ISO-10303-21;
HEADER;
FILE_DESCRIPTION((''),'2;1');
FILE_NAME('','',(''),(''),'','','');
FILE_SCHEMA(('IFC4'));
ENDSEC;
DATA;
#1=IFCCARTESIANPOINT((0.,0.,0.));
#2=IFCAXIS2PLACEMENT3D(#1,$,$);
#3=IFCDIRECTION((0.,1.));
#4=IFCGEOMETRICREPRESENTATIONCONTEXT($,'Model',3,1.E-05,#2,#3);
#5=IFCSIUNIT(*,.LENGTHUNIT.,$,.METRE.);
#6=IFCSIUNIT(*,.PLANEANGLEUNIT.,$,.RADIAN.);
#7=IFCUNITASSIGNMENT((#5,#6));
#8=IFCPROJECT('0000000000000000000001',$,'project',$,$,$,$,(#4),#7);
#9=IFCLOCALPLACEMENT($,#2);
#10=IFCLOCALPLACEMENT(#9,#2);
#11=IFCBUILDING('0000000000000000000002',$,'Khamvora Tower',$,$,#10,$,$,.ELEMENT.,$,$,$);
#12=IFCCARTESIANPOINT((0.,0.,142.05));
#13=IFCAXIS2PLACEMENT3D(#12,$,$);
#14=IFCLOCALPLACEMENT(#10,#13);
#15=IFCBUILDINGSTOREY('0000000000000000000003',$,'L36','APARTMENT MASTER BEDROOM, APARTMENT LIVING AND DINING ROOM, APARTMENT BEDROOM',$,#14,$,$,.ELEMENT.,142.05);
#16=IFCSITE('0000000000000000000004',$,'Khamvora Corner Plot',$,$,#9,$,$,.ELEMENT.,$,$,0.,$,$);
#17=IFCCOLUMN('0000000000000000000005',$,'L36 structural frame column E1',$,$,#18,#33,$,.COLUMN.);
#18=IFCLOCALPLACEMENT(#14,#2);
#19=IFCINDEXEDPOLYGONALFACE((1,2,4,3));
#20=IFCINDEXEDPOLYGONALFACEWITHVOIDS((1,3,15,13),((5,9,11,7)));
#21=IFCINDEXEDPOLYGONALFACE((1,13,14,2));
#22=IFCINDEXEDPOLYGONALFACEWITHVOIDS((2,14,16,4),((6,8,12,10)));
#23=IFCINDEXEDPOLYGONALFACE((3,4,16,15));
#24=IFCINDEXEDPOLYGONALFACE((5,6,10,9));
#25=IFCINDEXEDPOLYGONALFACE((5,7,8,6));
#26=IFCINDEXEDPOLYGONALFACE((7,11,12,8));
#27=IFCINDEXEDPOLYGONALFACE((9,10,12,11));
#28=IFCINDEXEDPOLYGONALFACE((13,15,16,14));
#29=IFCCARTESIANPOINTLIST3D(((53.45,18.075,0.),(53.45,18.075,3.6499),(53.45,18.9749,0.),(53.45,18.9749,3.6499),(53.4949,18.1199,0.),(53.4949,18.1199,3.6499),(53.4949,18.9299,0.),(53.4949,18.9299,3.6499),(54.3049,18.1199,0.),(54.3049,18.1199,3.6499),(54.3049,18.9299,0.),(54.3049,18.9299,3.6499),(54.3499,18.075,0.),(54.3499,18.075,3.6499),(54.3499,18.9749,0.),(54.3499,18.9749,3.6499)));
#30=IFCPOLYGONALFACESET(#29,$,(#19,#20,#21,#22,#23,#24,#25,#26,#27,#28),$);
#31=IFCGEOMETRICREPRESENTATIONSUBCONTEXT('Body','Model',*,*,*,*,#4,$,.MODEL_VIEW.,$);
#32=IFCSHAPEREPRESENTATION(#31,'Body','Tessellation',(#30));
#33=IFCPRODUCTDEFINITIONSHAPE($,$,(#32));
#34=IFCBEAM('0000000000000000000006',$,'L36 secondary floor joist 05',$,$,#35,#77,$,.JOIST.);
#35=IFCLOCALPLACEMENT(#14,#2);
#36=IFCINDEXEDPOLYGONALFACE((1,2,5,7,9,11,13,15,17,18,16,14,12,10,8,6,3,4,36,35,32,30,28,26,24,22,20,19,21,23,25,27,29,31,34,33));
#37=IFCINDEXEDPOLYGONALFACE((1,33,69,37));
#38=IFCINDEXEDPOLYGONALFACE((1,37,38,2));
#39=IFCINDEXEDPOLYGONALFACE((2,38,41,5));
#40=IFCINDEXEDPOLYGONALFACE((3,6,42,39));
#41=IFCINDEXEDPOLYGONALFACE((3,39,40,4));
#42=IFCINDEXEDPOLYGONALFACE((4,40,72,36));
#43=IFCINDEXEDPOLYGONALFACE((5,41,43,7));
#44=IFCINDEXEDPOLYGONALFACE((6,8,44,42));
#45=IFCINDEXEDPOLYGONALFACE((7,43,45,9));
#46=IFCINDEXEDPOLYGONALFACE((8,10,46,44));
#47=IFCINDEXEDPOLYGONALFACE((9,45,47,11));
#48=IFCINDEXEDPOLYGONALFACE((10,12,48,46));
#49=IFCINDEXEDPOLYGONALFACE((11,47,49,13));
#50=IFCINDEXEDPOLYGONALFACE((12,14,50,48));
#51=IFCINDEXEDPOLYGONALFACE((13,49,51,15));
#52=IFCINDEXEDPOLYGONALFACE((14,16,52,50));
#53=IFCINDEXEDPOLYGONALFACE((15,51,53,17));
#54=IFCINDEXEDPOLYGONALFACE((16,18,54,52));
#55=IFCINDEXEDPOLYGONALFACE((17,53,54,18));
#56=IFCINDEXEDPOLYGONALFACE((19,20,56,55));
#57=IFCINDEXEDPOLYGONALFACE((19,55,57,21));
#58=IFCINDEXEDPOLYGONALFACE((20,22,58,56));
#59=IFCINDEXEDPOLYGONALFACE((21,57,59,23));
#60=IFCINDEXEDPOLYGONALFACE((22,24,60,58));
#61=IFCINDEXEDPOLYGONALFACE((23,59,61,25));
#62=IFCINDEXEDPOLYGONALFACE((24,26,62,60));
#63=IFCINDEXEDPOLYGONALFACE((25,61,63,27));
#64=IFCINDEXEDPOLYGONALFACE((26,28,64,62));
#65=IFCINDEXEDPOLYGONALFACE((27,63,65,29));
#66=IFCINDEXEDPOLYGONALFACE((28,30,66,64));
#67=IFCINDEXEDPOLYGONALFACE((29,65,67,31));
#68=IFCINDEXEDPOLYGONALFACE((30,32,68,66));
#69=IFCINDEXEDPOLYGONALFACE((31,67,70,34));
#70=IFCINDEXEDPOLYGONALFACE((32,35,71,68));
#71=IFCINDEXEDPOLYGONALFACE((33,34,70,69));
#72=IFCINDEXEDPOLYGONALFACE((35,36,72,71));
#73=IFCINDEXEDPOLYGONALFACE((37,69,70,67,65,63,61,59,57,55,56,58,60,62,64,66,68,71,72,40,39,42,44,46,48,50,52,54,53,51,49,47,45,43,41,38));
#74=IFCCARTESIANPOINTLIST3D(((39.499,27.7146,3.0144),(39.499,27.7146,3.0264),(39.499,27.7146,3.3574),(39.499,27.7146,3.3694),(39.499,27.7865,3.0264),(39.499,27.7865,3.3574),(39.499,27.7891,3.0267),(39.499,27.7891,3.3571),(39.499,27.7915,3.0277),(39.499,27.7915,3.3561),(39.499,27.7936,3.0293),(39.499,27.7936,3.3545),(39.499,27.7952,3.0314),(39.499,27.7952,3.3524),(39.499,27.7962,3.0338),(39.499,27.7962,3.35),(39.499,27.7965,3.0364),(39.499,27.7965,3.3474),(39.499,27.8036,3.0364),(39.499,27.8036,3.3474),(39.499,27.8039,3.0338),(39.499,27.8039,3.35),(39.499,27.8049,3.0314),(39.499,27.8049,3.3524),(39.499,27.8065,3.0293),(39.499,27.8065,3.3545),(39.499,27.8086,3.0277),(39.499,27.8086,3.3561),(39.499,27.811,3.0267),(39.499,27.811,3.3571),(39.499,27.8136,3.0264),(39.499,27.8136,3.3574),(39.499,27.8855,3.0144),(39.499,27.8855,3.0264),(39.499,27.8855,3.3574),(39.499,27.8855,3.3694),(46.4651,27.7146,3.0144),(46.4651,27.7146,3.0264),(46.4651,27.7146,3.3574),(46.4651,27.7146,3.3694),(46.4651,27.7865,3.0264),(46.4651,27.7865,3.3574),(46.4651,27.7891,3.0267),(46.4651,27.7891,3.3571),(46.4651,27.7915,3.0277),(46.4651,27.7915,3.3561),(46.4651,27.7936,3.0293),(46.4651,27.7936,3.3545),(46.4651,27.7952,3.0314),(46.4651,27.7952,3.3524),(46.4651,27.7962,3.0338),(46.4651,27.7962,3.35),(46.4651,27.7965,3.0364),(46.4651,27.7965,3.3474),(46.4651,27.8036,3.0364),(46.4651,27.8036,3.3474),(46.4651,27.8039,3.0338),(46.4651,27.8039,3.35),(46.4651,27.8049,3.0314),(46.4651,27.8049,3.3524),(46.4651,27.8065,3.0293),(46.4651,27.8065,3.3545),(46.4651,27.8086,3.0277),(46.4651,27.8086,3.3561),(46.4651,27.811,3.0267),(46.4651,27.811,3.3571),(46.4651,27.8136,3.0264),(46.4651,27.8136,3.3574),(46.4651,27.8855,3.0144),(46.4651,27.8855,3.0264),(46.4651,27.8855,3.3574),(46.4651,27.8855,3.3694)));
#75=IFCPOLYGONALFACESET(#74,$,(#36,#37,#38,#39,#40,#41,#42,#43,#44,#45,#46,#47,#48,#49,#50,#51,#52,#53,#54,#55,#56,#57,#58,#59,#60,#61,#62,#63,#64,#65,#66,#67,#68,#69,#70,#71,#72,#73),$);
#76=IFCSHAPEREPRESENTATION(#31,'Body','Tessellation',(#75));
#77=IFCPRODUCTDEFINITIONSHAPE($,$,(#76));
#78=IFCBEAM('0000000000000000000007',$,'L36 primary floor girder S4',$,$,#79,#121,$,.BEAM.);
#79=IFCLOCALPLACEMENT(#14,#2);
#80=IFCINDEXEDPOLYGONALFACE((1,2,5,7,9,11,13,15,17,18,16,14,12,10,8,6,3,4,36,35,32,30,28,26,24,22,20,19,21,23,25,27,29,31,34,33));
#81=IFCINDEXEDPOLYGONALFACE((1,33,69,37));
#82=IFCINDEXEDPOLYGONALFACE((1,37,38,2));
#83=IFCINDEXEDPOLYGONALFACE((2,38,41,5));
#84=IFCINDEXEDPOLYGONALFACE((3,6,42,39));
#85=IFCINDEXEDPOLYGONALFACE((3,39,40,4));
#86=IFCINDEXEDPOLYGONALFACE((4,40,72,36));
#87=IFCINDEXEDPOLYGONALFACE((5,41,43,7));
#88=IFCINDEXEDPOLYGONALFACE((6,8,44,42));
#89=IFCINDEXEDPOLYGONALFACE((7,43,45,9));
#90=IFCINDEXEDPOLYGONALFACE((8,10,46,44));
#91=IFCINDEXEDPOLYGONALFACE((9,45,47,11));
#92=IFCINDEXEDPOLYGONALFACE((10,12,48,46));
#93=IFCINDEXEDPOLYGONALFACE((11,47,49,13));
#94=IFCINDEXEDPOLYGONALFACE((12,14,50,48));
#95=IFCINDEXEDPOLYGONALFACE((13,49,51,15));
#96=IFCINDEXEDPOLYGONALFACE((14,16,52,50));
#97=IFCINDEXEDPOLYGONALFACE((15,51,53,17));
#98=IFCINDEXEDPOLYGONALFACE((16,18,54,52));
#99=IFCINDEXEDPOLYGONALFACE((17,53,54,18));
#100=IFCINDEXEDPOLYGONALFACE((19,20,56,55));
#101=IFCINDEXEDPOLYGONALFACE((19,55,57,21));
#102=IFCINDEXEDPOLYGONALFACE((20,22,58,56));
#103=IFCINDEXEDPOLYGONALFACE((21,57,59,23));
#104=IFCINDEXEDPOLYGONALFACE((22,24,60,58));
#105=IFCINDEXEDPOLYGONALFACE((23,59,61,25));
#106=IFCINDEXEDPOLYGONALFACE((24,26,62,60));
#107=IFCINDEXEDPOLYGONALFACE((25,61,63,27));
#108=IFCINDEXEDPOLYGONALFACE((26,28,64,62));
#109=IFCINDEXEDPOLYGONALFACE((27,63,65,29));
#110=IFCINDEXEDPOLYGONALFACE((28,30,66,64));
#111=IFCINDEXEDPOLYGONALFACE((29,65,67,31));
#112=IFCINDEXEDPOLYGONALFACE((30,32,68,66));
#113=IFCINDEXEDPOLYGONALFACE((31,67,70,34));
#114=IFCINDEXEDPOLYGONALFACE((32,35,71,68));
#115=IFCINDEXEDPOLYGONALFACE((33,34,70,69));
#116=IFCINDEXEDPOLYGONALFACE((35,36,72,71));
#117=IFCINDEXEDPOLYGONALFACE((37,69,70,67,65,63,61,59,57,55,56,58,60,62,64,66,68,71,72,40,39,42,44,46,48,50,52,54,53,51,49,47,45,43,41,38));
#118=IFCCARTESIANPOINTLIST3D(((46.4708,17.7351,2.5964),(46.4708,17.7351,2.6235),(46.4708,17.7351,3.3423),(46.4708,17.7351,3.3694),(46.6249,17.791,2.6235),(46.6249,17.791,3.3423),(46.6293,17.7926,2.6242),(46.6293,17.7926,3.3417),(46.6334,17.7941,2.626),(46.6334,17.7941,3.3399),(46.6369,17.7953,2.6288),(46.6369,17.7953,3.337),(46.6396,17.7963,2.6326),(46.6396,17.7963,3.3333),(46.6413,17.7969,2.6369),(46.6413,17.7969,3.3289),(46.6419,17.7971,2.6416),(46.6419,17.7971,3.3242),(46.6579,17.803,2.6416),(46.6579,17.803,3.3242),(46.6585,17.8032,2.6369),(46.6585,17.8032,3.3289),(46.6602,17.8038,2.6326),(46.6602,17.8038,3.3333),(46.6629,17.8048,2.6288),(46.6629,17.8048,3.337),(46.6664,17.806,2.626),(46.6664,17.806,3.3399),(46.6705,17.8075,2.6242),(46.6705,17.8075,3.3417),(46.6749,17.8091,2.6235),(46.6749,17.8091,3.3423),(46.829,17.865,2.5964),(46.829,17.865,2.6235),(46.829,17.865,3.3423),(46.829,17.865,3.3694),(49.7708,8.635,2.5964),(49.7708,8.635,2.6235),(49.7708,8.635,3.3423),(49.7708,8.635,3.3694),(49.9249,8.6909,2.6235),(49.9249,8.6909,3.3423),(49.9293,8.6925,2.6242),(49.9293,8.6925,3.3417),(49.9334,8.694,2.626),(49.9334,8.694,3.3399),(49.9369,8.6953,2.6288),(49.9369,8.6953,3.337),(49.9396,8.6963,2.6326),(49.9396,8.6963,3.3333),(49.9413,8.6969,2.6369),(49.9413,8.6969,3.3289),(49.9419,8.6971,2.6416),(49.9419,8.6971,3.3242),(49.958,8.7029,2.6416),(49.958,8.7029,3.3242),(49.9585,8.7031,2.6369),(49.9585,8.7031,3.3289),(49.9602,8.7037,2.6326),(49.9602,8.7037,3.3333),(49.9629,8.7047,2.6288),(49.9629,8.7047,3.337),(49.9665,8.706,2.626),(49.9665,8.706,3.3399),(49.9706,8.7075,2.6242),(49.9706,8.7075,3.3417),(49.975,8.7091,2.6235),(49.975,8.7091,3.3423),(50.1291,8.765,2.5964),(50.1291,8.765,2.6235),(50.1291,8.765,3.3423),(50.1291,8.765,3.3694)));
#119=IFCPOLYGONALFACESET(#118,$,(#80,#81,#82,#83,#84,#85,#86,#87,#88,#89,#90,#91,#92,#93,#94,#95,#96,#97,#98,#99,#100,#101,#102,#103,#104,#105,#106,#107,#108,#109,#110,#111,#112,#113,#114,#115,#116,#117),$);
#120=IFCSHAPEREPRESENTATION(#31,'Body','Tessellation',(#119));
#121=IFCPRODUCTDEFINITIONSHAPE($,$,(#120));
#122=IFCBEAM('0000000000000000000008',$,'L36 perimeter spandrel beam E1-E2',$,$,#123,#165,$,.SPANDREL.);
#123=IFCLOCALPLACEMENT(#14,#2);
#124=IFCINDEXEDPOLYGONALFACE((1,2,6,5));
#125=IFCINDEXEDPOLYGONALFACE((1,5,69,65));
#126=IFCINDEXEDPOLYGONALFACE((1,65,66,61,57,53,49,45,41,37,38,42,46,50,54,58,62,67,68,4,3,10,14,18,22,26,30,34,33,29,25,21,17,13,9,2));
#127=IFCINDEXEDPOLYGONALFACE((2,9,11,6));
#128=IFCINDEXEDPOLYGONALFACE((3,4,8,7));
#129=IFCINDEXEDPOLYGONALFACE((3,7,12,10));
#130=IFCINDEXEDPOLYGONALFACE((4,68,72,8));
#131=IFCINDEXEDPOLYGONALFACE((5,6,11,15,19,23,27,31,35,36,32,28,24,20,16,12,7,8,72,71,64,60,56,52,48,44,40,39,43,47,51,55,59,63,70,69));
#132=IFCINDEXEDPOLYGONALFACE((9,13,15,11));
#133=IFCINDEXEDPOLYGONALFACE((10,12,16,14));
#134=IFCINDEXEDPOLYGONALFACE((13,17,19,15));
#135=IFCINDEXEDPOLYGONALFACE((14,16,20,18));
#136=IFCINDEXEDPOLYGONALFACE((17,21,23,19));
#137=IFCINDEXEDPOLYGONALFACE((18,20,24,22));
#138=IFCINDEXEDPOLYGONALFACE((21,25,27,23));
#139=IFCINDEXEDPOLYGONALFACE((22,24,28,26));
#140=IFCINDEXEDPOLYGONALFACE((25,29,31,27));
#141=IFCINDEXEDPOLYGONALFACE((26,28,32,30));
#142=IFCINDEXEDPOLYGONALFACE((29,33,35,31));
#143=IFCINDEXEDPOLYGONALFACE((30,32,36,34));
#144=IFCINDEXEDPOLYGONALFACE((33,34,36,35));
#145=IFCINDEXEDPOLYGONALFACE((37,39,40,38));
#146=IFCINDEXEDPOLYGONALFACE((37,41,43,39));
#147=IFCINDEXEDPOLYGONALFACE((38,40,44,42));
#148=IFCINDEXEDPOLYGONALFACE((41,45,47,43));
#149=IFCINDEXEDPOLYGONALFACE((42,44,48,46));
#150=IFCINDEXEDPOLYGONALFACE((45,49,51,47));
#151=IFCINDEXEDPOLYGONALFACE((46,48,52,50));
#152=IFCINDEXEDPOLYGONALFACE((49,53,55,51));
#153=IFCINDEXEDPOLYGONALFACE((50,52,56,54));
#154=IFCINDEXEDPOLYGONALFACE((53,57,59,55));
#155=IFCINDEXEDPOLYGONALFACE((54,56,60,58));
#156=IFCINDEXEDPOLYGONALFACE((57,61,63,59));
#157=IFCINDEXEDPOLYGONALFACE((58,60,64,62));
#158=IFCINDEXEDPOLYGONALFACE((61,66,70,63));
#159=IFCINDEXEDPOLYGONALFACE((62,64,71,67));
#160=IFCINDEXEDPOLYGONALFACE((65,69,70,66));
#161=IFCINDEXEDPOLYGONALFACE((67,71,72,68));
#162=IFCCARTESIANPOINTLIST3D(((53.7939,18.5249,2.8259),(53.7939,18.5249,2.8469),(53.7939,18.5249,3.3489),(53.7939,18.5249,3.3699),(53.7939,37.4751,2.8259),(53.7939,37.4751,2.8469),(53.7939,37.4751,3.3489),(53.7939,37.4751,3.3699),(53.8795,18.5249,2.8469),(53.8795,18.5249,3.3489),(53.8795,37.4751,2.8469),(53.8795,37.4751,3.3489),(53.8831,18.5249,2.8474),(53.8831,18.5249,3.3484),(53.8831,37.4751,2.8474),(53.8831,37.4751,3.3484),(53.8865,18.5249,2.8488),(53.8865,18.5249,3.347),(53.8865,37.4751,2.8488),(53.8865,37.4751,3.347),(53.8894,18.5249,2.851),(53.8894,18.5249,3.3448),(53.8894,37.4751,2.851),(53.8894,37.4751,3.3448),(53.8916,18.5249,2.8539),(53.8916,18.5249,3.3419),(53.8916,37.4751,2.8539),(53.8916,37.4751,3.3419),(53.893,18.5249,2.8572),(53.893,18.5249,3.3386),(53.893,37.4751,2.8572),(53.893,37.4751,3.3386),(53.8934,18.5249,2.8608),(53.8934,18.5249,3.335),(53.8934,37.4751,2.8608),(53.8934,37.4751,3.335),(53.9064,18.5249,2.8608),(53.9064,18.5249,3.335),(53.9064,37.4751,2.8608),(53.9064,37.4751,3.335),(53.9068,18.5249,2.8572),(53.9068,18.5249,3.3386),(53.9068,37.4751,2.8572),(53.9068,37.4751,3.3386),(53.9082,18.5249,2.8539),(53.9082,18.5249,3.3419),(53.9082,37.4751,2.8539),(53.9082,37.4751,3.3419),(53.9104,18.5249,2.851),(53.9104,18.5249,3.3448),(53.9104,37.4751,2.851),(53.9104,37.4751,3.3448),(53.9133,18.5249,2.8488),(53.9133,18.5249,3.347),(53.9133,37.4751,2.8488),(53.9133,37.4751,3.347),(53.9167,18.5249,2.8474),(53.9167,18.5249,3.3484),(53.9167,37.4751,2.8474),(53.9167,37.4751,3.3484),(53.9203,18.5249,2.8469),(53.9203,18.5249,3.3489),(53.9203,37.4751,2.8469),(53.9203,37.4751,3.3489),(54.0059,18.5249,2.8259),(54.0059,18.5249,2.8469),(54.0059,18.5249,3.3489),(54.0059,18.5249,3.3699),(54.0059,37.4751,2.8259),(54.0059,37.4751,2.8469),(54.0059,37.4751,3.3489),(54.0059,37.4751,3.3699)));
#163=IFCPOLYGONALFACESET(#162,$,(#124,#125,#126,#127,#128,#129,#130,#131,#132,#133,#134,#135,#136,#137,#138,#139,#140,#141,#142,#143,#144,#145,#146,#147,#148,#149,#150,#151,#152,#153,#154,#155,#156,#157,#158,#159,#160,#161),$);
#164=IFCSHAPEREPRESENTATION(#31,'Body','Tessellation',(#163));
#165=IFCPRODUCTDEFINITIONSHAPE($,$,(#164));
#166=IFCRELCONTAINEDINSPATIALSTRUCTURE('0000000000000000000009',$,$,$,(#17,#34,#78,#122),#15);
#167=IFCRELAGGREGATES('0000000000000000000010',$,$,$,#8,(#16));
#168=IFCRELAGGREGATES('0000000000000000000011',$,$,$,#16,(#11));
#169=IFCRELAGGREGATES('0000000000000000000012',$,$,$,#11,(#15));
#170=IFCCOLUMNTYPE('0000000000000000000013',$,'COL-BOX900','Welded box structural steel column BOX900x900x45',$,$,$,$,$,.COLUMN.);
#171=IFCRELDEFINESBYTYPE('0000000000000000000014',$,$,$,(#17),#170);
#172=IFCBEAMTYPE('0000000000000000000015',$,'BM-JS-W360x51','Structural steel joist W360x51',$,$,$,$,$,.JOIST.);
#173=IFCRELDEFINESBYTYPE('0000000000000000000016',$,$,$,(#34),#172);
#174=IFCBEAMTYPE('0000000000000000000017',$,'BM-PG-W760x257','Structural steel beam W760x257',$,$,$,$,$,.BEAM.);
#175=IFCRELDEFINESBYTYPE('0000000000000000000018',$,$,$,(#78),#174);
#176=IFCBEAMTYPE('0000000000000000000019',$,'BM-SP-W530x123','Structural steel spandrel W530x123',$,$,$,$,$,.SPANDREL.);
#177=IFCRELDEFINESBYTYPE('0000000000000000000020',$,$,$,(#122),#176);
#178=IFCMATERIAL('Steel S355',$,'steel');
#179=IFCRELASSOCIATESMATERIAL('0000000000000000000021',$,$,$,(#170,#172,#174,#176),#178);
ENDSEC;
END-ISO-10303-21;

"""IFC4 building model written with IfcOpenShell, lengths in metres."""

from ifc_helpers import new_model, si_unit, direction, frame, origin, origin_2d, place, context, subcontext, project, spatial, hollow_rectangle, i_section, extrude, material, material_profile, profile_set, type_object, element, save


model = new_model("IFC4")

# Units and contexts
model_context = context("Model", 3, precision=1e-05, world=origin(), true_north=direction((0.0, 1.0)))
body_context = subcontext(model_context, "Body", "Model", "MODEL_VIEW")
ifc_project = project(units=[si_unit("LENGTHUNIT", "METRE"), si_unit("PLANEANGLEUNIT", "RADIAN")], contexts=[model_context])

# Site, building, storey
site_placement = place(None, origin())
site = spatial("IfcSite", under=ifc_project, at=site_placement, Name="Khamvora Corner Plot", CompositionType="ELEMENT", RefElevation=0.0)
building_placement = place(site_placement, origin())
building = spatial("IfcBuilding", under=site, at=building_placement, Name="Khamvora Tower", CompositionType="ELEMENT")
storey_placement = place(building_placement, frame((0.0, 0.0, 142.05)))
storey = spatial("IfcBuildingStorey", under=building, at=storey_placement, Name="L36", Description="APARTMENT MASTER BEDROOM, APARTMENT LIVING AND DINING ROOM, APARTMENT BEDROOM", CompositionType="ELEMENT", Elevation=142.05)

# Column
ifc_material_1 = material(Name="Steel S355", Category="steel")
ifc_material_profile_1 = material_profile(ifc_material_1, hollow_rectangle(XDim=0.8999, YDim=0.8999, WallThickness=0.0449, at=origin_2d()), Name="BOX900x900x45")
ifc_profile_set_1 = profile_set([ifc_material_profile_1], Name="Steel S355")
column_type = type_object("IfcColumnType", Name="COL-BOX900", Description="Welded box structural steel column BOX900x900x45", PredefinedType="COLUMN", material=ifc_profile_set_1)
column_placement = place(storey_placement, frame((53.8999, 18.5249, 0.0), z_axis=(0.0, 0.0, 1.0), x_axis=(1.0, 0.0, 0.0)))
element("IfcColumn", 1, at=column_placement, inside=storey, type_object=column_type, Name="L36 structural frame column E1", PredefinedType="COLUMN", context=body_context, shape_type="SweptSolid", body=[
    extrude(hollow_rectangle(XDim=0.8999, YDim=0.8999, WallThickness=0.0449, at=origin_2d()), origin(), (0.0, 0.0, 1.0), 3.6499),
])

# Beams
ifc_material_profile_2 = material_profile(ifc_material_1, i_section(OverallWidth=0.1709, OverallDepth=0.355, WebThickness=0.0071, FlangeThickness=0.012, FilletRadius=0.01, at=origin_2d()), Name="W360x51")
ifc_profile_set_2 = profile_set([ifc_material_profile_2], Name="Steel S355")
beam_type_1 = type_object("IfcBeamType", Name="BM-JS-W360x51", Description="Structural steel joist W360x51", PredefinedType="JOIST", material=ifc_profile_set_2)
beam_1_placement = place(storey_placement, frame((39.499, 27.8, 3.1919), z_axis=(1.0, 0.0, 0.0), x_axis=(0.0, 1.0, 0.0)))
element("IfcBeam", 2, at=beam_1_placement, inside=storey, type_object=beam_type_1, Name="L36 secondary floor joist 05", PredefinedType="JOIST", context=body_context, shape_type="SweptSolid", body=[
    extrude(i_section(OverallWidth=0.1709, OverallDepth=0.355, WebThickness=0.0071, FlangeThickness=0.012, FilletRadius=0.01, at=origin_2d()), origin(), (0.0, 0.0, 1.0), 6.9661),
])
ifc_material_profile_3 = material_profile(ifc_material_1, i_section(OverallWidth=0.3811, OverallDepth=0.7729, WebThickness=0.0171, FlangeThickness=0.0271, FilletRadius=0.0181, at=origin_2d()), Name="W760x257")
ifc_profile_set_3 = profile_set([ifc_material_profile_3], Name="Steel S355")
beam_type_2 = type_object("IfcBeamType", Name="BM-PG-W760x257", Description="Structural steel beam W760x257", PredefinedType="BEAM", material=ifc_profile_set_3)
beam_2_placement = place(storey_placement, frame((46.6499, 17.8, 2.9829), z_axis=(0.340915, -0.940094, 0.0), x_axis=(0.940094, 0.340915, 0.0)))
element("IfcBeam", 3, at=beam_2_placement, inside=storey, type_object=beam_type_2, Name="L36 primary floor girder S4", PredefinedType="BEAM", context=body_context, shape_type="SweptSolid", body=[
    extrude(i_section(OverallWidth=0.3811, OverallDepth=0.7729, WebThickness=0.0171, FlangeThickness=0.0271, FilletRadius=0.0181, at=origin_2d()), origin(), (0.0, 0.0, 1.0), 9.6799),
])
ifc_material_profile_4 = material_profile(ifc_material_1, i_section(OverallWidth=0.2119, OverallDepth=0.5439, WebThickness=0.0129, FlangeThickness=0.021, FilletRadius=0.0139, at=origin_2d()), Name="W530x123")
ifc_profile_set_4 = profile_set([ifc_material_profile_4], Name="Steel S355")
beam_type_3 = type_object("IfcBeamType", Name="BM-SP-W530x123", Description="Structural steel spandrel W530x123", PredefinedType="SPANDREL", material=ifc_profile_set_4)
beam_3_placement = place(storey_placement, frame((53.8999, 18.5249, 3.0979), z_axis=(0.0, 1.0, 0.0), x_axis=(-1.0, 0.0, 0.0)))
element("IfcBeam", 4, at=beam_3_placement, inside=storey, type_object=beam_type_3, Name="L36 perimeter spandrel beam E1-E2", PredefinedType="SPANDREL", context=body_context, shape_type="SweptSolid", body=[
    extrude(i_section(OverallWidth=0.2119, OverallDepth=0.5439, WebThickness=0.0129, FlangeThickness=0.021, FilletRadius=0.0139, at=origin_2d()), origin(), (0.0, 0.0, 1.0), 18.9502),
])

save(model, "model.ifc")
